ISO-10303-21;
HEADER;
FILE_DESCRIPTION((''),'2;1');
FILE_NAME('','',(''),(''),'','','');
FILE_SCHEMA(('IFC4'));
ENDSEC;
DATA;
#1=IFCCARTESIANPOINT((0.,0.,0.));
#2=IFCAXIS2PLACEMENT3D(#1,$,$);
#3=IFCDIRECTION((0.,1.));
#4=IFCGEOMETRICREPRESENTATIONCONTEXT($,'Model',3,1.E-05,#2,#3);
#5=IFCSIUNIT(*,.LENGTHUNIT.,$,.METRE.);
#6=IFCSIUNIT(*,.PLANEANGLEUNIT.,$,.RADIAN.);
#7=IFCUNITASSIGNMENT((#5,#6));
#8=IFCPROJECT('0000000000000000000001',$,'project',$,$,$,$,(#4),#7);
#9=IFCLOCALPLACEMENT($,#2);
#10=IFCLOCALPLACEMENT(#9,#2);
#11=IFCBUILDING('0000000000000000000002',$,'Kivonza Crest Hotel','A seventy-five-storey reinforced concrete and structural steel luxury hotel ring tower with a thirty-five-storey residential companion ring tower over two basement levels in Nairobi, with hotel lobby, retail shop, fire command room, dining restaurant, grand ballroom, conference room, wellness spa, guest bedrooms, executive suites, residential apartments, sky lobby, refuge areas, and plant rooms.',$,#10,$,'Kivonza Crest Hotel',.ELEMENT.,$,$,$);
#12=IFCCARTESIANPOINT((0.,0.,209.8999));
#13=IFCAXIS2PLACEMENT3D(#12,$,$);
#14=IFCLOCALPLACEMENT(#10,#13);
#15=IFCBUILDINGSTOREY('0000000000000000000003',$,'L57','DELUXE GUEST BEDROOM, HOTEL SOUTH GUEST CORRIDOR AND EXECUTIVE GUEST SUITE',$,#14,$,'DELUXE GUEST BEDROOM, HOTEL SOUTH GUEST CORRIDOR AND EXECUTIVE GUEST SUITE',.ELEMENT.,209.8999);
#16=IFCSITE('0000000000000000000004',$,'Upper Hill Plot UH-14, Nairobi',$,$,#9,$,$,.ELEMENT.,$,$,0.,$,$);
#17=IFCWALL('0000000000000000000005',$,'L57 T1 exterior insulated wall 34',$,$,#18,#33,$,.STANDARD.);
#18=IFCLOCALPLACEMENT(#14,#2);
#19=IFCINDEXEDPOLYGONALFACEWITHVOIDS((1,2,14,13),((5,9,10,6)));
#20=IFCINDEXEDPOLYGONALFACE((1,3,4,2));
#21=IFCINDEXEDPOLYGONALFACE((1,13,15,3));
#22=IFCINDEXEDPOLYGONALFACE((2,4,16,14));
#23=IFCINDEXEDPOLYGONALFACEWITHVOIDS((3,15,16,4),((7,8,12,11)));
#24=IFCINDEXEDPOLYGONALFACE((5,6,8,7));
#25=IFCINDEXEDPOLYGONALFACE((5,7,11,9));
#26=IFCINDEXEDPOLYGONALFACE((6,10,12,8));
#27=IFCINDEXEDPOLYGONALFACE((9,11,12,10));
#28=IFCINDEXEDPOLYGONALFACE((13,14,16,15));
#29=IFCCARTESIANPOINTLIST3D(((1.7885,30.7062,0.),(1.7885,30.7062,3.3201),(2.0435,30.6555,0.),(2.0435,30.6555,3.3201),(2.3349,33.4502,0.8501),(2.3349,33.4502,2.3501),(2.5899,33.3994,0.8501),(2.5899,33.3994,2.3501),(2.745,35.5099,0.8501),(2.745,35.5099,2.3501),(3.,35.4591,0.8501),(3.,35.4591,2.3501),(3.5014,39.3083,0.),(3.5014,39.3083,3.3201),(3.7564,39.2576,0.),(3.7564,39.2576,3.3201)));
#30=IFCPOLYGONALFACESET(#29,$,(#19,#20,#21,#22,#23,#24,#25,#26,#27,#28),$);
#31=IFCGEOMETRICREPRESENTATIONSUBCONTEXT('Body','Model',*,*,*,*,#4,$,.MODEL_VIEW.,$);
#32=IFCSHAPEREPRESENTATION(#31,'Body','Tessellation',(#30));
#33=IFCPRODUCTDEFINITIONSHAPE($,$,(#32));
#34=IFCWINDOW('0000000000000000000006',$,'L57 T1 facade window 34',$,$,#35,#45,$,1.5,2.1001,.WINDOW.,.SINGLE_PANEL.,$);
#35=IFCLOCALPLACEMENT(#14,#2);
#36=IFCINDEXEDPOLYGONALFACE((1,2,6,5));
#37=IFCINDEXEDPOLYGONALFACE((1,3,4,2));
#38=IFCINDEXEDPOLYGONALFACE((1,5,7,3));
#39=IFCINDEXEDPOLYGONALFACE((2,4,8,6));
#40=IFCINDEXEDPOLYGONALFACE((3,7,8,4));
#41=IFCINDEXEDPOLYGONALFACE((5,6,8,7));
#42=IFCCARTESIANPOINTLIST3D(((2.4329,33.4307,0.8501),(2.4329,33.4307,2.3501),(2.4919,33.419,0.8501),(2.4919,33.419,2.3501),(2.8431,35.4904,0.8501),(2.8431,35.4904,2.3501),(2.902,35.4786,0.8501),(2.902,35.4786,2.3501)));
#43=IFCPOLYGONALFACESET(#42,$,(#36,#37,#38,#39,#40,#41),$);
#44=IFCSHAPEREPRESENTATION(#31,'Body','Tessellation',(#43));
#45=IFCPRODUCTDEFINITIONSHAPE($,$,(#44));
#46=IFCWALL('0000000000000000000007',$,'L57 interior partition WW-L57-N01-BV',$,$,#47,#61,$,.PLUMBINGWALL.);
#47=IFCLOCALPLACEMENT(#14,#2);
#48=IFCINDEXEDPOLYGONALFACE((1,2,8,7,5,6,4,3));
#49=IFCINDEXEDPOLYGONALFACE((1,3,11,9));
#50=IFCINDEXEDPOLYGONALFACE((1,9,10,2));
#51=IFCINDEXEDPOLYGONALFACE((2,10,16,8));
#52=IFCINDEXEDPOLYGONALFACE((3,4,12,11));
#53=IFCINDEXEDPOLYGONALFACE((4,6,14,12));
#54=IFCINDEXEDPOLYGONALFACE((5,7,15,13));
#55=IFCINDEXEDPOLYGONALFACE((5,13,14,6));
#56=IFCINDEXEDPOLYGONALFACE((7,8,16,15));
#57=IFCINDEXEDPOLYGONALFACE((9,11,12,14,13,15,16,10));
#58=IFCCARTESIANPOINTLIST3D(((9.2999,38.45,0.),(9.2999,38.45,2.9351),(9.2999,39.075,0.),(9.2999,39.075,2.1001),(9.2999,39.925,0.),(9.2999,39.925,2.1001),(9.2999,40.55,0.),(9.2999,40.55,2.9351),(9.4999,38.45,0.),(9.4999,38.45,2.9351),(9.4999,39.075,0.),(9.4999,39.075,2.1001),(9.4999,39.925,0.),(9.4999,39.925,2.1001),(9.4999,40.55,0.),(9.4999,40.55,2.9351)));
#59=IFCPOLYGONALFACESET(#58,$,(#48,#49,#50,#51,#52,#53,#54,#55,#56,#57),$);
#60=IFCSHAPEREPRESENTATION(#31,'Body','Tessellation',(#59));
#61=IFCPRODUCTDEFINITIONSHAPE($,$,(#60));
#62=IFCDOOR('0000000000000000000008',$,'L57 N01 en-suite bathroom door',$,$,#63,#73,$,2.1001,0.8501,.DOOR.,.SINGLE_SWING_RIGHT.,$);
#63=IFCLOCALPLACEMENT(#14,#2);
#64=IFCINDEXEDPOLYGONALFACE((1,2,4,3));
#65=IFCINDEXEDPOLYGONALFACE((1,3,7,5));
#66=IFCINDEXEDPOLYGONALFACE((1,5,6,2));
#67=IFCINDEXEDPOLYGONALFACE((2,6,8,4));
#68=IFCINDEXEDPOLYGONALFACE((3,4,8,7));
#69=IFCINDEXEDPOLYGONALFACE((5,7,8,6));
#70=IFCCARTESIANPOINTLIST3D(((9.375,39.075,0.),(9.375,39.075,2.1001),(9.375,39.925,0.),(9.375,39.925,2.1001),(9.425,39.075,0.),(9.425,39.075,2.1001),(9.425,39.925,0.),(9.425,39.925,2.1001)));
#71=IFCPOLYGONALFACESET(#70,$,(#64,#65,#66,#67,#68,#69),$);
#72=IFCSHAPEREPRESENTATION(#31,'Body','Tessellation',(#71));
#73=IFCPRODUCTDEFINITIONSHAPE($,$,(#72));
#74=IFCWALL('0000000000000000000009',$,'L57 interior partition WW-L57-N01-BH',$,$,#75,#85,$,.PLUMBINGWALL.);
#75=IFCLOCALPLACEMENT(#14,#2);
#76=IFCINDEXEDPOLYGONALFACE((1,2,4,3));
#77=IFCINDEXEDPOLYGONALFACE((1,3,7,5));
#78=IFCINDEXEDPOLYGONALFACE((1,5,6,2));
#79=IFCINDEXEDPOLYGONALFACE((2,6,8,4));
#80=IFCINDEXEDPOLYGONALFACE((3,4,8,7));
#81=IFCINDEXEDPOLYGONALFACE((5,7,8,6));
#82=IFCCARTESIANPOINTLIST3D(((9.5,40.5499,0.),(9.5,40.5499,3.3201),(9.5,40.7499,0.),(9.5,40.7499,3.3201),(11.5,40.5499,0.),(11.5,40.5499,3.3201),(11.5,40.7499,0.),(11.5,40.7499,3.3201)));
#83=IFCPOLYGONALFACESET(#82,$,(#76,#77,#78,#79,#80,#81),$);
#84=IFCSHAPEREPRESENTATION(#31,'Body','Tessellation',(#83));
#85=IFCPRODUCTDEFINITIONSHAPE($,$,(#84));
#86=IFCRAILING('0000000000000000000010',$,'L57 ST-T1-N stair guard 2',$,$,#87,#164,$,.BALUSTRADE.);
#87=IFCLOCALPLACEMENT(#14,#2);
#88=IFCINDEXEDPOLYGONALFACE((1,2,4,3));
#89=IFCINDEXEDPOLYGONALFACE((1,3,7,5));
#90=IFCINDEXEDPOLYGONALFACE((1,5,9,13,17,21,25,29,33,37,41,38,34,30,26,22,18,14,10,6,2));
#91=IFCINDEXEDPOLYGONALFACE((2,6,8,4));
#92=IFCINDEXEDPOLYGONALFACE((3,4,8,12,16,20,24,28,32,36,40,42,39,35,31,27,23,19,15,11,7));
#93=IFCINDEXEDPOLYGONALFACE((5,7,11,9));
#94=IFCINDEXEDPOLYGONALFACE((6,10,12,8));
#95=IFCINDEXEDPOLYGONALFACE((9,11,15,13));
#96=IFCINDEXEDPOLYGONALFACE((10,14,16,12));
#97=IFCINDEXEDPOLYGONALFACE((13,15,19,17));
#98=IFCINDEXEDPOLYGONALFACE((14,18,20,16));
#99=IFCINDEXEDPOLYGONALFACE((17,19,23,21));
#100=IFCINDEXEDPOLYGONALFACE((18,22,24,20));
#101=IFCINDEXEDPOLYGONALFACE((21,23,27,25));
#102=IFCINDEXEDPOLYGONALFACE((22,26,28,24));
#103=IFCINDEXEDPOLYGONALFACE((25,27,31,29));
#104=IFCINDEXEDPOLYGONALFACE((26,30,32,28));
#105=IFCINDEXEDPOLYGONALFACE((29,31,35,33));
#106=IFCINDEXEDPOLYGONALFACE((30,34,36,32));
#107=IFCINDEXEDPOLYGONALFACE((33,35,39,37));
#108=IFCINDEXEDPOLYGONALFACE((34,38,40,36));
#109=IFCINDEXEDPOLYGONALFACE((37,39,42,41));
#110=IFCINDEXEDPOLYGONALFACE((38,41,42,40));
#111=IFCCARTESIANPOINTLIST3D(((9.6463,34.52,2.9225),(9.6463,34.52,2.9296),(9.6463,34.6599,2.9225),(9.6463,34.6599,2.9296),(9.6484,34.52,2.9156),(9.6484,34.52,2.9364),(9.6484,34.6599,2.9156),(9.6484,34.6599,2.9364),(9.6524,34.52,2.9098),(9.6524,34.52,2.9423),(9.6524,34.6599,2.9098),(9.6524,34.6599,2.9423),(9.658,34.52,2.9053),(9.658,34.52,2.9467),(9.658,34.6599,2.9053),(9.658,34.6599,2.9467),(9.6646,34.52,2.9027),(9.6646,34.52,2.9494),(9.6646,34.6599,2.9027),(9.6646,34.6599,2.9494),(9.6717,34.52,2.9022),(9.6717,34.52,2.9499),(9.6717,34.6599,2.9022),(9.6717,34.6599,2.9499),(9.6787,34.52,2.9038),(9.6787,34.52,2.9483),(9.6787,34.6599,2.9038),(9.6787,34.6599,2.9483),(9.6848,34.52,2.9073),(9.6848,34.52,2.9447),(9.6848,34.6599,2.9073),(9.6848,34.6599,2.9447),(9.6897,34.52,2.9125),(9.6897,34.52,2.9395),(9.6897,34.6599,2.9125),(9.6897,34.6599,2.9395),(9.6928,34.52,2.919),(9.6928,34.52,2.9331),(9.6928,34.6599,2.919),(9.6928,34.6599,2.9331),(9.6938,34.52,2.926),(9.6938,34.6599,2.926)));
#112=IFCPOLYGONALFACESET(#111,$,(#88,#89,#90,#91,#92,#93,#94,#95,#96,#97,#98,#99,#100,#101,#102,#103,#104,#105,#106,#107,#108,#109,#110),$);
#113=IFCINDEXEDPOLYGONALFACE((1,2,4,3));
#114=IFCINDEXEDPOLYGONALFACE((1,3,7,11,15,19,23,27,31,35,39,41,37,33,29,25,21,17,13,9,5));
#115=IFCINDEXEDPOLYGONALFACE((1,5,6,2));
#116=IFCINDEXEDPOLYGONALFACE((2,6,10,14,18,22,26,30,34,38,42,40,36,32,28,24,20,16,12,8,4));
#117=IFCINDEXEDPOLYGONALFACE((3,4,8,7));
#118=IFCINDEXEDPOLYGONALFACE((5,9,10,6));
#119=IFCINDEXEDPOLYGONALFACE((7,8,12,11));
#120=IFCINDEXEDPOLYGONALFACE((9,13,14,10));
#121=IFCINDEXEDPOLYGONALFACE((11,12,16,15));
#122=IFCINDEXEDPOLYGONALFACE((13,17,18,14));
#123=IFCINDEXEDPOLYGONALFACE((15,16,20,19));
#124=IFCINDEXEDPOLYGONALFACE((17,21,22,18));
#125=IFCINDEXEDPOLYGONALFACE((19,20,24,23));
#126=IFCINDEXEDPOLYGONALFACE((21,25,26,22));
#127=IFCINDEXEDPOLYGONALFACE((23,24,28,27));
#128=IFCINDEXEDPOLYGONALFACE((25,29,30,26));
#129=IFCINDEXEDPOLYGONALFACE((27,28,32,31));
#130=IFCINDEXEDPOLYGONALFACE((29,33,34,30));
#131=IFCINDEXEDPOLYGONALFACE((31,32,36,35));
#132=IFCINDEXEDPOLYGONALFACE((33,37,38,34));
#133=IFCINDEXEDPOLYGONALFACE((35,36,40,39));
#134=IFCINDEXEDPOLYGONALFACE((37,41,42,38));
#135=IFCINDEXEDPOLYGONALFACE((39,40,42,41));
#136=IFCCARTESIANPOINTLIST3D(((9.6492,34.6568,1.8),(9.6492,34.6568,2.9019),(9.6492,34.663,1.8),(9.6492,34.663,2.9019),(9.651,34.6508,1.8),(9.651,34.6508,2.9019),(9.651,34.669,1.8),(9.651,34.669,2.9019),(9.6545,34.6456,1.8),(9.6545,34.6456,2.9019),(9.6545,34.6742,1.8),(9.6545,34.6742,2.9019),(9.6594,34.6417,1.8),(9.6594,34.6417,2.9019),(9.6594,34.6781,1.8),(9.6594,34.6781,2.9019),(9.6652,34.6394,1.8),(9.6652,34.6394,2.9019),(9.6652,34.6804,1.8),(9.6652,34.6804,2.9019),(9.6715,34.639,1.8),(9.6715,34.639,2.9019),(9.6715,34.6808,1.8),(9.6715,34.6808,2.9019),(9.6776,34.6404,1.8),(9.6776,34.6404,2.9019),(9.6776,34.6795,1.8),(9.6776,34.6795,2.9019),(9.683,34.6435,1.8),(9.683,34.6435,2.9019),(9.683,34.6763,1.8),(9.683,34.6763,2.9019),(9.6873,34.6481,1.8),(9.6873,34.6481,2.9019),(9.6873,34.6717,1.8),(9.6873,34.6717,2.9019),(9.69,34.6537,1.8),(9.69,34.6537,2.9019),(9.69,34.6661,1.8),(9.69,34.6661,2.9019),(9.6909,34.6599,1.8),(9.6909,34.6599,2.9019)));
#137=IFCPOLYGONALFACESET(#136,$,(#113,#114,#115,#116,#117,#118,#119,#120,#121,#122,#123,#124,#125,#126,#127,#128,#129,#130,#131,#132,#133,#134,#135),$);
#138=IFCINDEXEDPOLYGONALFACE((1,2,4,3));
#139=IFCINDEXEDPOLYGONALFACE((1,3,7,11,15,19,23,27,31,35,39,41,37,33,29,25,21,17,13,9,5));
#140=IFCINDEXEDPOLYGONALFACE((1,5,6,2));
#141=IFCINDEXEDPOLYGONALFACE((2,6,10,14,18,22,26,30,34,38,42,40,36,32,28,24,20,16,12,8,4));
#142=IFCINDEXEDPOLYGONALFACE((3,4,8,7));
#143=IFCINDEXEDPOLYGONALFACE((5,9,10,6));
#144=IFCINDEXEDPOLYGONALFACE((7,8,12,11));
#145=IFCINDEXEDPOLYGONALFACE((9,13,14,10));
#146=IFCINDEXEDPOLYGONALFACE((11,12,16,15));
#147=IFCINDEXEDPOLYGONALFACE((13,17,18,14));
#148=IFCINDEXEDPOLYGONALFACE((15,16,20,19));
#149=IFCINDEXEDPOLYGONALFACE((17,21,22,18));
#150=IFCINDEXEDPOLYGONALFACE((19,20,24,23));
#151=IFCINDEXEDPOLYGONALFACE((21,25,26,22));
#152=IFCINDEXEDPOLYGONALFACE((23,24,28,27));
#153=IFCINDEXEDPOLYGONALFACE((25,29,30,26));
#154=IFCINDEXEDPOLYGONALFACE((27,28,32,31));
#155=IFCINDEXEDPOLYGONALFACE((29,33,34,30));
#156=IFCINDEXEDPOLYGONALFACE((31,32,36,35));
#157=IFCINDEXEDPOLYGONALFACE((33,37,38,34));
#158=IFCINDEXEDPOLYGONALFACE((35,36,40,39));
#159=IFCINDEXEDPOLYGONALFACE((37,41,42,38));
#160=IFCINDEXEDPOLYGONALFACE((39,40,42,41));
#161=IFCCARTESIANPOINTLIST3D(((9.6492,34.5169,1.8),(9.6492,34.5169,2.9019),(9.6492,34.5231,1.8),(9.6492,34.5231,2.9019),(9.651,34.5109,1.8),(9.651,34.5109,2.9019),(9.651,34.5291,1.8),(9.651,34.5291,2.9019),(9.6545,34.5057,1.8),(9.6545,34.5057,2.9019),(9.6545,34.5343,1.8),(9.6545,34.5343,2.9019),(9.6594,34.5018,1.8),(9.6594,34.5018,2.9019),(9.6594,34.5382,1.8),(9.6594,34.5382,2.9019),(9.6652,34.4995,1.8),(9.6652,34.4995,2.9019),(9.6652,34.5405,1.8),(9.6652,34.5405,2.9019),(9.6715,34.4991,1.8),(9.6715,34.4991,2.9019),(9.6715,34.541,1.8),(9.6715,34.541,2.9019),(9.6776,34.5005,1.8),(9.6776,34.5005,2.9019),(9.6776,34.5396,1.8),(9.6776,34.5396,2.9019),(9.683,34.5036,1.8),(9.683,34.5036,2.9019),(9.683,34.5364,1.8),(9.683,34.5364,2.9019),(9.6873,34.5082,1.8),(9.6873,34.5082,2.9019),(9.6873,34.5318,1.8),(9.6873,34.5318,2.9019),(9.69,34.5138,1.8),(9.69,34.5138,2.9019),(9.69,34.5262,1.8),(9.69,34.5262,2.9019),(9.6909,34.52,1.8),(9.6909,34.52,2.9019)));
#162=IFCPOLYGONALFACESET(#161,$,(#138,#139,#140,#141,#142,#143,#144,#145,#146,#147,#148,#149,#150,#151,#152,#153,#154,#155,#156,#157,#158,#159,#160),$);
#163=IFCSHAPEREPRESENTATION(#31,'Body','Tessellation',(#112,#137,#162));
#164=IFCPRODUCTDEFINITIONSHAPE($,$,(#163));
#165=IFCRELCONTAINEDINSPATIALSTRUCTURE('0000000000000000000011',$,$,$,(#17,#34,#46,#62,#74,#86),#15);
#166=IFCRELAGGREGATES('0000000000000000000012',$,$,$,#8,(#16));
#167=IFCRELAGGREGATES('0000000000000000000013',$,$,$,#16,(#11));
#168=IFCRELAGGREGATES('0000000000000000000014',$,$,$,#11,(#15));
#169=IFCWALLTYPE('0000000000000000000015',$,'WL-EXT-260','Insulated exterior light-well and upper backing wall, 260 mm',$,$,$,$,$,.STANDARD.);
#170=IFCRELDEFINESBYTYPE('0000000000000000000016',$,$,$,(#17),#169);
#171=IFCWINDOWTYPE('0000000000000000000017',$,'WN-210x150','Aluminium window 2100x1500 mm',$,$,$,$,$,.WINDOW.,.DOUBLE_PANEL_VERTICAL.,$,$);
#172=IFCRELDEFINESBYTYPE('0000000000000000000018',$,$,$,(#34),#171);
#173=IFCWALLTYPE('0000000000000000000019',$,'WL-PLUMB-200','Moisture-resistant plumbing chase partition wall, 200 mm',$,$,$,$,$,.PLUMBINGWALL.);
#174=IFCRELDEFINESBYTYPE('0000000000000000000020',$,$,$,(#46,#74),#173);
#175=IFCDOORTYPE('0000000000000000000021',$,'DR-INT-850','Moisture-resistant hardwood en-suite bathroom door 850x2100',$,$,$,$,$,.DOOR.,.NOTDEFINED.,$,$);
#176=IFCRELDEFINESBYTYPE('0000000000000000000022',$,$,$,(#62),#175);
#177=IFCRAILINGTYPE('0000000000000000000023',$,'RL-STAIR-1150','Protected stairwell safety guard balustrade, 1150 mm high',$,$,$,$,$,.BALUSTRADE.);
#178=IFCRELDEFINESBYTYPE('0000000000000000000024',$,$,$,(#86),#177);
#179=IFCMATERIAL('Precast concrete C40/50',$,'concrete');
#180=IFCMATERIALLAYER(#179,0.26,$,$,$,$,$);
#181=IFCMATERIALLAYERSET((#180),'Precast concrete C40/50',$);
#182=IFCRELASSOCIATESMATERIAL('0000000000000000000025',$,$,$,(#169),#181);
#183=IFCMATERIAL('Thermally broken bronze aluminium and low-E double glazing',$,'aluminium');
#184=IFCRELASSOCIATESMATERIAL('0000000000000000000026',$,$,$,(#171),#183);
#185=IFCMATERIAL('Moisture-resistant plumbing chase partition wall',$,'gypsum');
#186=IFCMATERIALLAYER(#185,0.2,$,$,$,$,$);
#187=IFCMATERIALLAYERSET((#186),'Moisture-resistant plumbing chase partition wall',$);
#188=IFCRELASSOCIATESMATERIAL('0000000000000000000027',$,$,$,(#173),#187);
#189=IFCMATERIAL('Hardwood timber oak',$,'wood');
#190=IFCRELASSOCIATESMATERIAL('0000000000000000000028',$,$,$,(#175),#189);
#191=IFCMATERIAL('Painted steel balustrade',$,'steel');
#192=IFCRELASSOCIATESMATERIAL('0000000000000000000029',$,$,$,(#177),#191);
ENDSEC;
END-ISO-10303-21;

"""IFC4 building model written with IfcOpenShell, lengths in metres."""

from ifc_helpers import new_model, si_unit, direction, frame, frame_2d, origin, origin_2d, place, context, subcontext, project, spatial, rectangle, circle, extrude, material, layer, layer_set, type_object, element, fill, save


model = new_model("IFC4")

# Units and contexts
model_context = context("Model", 3, precision=1e-05, world=origin(), true_north=direction((0.0, 1.0)))
body_context = subcontext(model_context, "Body", "Model", "MODEL_VIEW")
ifc_project = project(units=[si_unit("LENGTHUNIT", "METRE"), si_unit("PLANEANGLEUNIT", "RADIAN")], contexts=[model_context])

# Site, building, storey
site_placement = place(None, origin())
site = spatial("IfcSite", under=ifc_project, at=site_placement, Name="Upper Hill Plot UH-14, Nairobi", CompositionType="ELEMENT", RefElevation=0.0)
building_placement = place(site_placement, origin())
building = spatial("IfcBuilding", under=site, at=building_placement, Name="Kivonza Crest Hotel", Description="A seventy-five-storey reinforced concrete and structural steel luxury hotel ring tower with a thirty-five-storey residential companion ring tower over two basement levels in Nairobi, with hotel lobby, retail shop, fire command room, dining restaurant, grand ballroom, conference room, wellness spa, guest bedrooms, executive suites, residential apartments, sky lobby, refuge areas, and plant rooms.", LongName="Kivonza Crest Hotel", CompositionType="ELEMENT")
storey_placement = place(building_placement, frame((0.0, 0.0, 209.8999)))
storey = spatial("IfcBuildingStorey", under=building, at=storey_placement, Name="L57", Description="DELUXE GUEST BEDROOM, HOTEL SOUTH GUEST CORRIDOR AND EXECUTIVE GUEST SUITE", LongName="DELUXE GUEST BEDROOM, HOTEL SOUTH GUEST CORRIDOR AND EXECUTIVE GUEST SUITE", CompositionType="ELEMENT", Elevation=209.8999)

# Shared definitions
ifc_material_1 = material(Name="Hardwood timber oak", Category="wood")

# Shared definitions
ifc_material_2 = material(Name="Precast concrete C40/50", Category="concrete")
ifc_layer_1 = layer(ifc_material_2, 0.26)
ifc_layer_set_1 = layer_set([ifc_layer_1], Name="Precast concrete C40/50")
wall_type_1 = type_object("IfcWallType", Name="WL-EXT-260", Description="Insulated exterior light-well and upper backing wall, 260 mm", PredefinedType="STANDARD", material=ifc_layer_set_1)

# Wall, opening, window
wall_1_placement = place(storey_placement, frame((3.6289, 39.283, 0.0), z_axis=(0.0, 0.0, 1.0), x_axis=(-0.195292, -0.980745, 0.0)))
wall_1 = element("IfcWall", 1, at=wall_1_placement, inside=storey, type_object=wall_type_1, Name="L57 T1 exterior insulated wall 34", PredefinedType="STANDARD", context=body_context, shape_type="SweptSolid", body=[
    extrude(rectangle(XDim=8.771, YDim=0.26, at=frame_2d((4.3855, 0.0))), origin(), (0.0, 0.0, 1.0), 3.3201),
])
opening_1_placement = place(wall_1_placement, frame((3.873, 0.0, 0.8501)))
opening_1 = element("IfcOpeningElement", 2, at=opening_1_placement, cuts=wall_1, PredefinedType="OPENING", context=body_context, shape_type="SweptSolid", body=[
    extrude(rectangle(XDim=2.1001, YDim=1.5, at=frame_2d((1.05, 0.75))), frame((0.0, 0.1401, 0.0), z_axis=(0.0, -1.0, 0.0), x_axis=(1.0, 0.0, 0.0)), (0.0, 0.0, 1.0), 0.28),
])
ifc_material_3 = material(Name="Thermally broken bronze aluminium and low-E double glazing", Category="aluminium")
window_type = type_object("IfcWindowType", Name="WN-210x150", Description="Aluminium window 2100x1500 mm", PartitioningType="DOUBLE_PANEL_VERTICAL", PredefinedType="WINDOW", material=ifc_material_3)
window_placement = place(opening_1_placement, origin())
window = element("IfcWindow", 3, at=window_placement, inside=storey, type_object=window_type, Name="L57 T1 facade window 34", OverallHeight=1.5, OverallWidth=2.1001, PartitioningType="SINGLE_PANEL", PredefinedType="WINDOW", context=body_context, shape_type="SweptSolid", body=[
    extrude(rectangle(XDim=2.1001, YDim=1.5, at=frame_2d((1.05, 0.75))), frame((0.0, 0.03, 0.0), z_axis=(0.0, -1.0, 0.0), x_axis=(1.0, 0.0, 0.0)), (0.0, 0.0, 1.0), 0.0601),
])
fill(opening_1, window)

# Wall, opening, door
ifc_material_4 = material(Name="Moisture-resistant plumbing chase partition wall", Category="gypsum")
ifc_layer_2 = layer(ifc_material_4, 0.2)
ifc_layer_set_2 = layer_set([ifc_layer_2], Name="Moisture-resistant plumbing chase partition wall")
wall_type_2 = type_object("IfcWallType", Name="WL-PLUMB-200", Description="Moisture-resistant plumbing chase partition wall, 200 mm", PredefinedType="PLUMBINGWALL", material=ifc_layer_set_2)
wall_2_placement = place(storey_placement, frame((9.3999, 38.45, 0.0), z_axis=(0.0, 0.0, 1.0), x_axis=(0.0, 1.0, 0.0)))
wall_2 = element("IfcWall", 4, at=wall_2_placement, inside=storey, type_object=wall_type_2, Name="L57 interior partition WW-L57-N01-BV", PredefinedType="PLUMBINGWALL", context=body_context, shape_type="SweptSolid", body=[
    extrude(rectangle(XDim=2.1001, YDim=0.2, at=frame_2d((1.05, 0.0))), origin(), (0.0, 0.0, 1.0), 2.9351),
])
opening_2_placement = place(wall_2_placement, frame((0.625, 0.0, 0.0)))
opening_2 = element("IfcOpeningElement", 5, at=opening_2_placement, cuts=wall_2, PredefinedType="OPENING", context=body_context, shape_type="SweptSolid", body=[
    extrude(rectangle(XDim=0.8501, YDim=2.1001, at=frame_2d((0.425, 1.05))), frame((0.0, 0.1099, 0.0), z_axis=(0.0, -1.0, 0.0), x_axis=(1.0, 0.0, 0.0)), (0.0, 0.0, 1.0), 0.22),
])
door_type_1 = type_object("IfcDoorType", Name="DR-INT-850", Description="Moisture-resistant hardwood en-suite bathroom door 850x2100", OperationType="NOTDEFINED", PredefinedType="DOOR", material=ifc_material_1)
door_1_placement = place(opening_2_placement, origin())
door_1 = element("IfcDoor", 6, at=door_1_placement, inside=storey, type_object=door_type_1, Name="L57 N01 en-suite bathroom door", OperationType="SINGLE_SWING_RIGHT", OverallHeight=2.1001, OverallWidth=0.8501, PredefinedType="DOOR", context=body_context, shape_type="SweptSolid", body=[
    extrude(rectangle(XDim=0.8501, YDim=2.1001, at=frame_2d((0.425, 1.05))), frame((0.0, 0.0249, 0.0), z_axis=(0.0, -1.0, 0.0), x_axis=(1.0, 0.0, 0.0)), (0.0, 0.0, 1.0), 0.05),
])
fill(opening_2, door_1)

# Wall
wall_3_placement = place(storey_placement, frame((9.5, 40.6499, 0.0), z_axis=(0.0, 0.0, 1.0), x_axis=(1.0, 0.0, 0.0)))
element("IfcWall", 7, at=wall_3_placement, inside=storey, type_object=wall_type_2, Name="L57 interior partition WW-L57-N01-BH", PredefinedType="PLUMBINGWALL", context=body_context, shape_type="SweptSolid", body=[
    extrude(rectangle(XDim=2.0, YDim=0.2, at=frame_2d((1.0, 0.0))), origin(), (0.0, 0.0, 1.0), 3.3201),
])

# Railing
ifc_material_5 = material(Name="Painted steel balustrade", Category="steel")
railing_type = type_object("IfcRailingType", Name="RL-STAIR-1150", Description="Protected stairwell safety guard balustrade, 1150 mm high", PredefinedType="BALUSTRADE", material=ifc_material_5)
railing_placement = place(storey_placement, frame((9.6699, 34.6599, 1.8)))
element("IfcRailing", 8, at=railing_placement, inside=storey, type_object=railing_type, Name="L57 ST-T1-N stair guard 2", PredefinedType="BALUSTRADE", context=body_context, shape_type="SweptSolid", body=[
    extrude(circle(Radius=0.0239, at=origin_2d()), frame((0.0, 0.0, 1.126), z_axis=(0.0, -1.0, 0.0), x_axis=(1.0, 0.0, 0.0)), (0.0, 0.0, 1.0), 0.1399),
    extrude(circle(Radius=0.021, at=origin_2d()), origin(), (0.0, 0.0, 1.0), 1.1018),
    extrude(circle(Radius=0.021, at=origin_2d()), frame((0.0, -0.1399, 0.0)), (0.0, 0.0, 1.0), 1.1018),
])

save(model, "model.ifc")
